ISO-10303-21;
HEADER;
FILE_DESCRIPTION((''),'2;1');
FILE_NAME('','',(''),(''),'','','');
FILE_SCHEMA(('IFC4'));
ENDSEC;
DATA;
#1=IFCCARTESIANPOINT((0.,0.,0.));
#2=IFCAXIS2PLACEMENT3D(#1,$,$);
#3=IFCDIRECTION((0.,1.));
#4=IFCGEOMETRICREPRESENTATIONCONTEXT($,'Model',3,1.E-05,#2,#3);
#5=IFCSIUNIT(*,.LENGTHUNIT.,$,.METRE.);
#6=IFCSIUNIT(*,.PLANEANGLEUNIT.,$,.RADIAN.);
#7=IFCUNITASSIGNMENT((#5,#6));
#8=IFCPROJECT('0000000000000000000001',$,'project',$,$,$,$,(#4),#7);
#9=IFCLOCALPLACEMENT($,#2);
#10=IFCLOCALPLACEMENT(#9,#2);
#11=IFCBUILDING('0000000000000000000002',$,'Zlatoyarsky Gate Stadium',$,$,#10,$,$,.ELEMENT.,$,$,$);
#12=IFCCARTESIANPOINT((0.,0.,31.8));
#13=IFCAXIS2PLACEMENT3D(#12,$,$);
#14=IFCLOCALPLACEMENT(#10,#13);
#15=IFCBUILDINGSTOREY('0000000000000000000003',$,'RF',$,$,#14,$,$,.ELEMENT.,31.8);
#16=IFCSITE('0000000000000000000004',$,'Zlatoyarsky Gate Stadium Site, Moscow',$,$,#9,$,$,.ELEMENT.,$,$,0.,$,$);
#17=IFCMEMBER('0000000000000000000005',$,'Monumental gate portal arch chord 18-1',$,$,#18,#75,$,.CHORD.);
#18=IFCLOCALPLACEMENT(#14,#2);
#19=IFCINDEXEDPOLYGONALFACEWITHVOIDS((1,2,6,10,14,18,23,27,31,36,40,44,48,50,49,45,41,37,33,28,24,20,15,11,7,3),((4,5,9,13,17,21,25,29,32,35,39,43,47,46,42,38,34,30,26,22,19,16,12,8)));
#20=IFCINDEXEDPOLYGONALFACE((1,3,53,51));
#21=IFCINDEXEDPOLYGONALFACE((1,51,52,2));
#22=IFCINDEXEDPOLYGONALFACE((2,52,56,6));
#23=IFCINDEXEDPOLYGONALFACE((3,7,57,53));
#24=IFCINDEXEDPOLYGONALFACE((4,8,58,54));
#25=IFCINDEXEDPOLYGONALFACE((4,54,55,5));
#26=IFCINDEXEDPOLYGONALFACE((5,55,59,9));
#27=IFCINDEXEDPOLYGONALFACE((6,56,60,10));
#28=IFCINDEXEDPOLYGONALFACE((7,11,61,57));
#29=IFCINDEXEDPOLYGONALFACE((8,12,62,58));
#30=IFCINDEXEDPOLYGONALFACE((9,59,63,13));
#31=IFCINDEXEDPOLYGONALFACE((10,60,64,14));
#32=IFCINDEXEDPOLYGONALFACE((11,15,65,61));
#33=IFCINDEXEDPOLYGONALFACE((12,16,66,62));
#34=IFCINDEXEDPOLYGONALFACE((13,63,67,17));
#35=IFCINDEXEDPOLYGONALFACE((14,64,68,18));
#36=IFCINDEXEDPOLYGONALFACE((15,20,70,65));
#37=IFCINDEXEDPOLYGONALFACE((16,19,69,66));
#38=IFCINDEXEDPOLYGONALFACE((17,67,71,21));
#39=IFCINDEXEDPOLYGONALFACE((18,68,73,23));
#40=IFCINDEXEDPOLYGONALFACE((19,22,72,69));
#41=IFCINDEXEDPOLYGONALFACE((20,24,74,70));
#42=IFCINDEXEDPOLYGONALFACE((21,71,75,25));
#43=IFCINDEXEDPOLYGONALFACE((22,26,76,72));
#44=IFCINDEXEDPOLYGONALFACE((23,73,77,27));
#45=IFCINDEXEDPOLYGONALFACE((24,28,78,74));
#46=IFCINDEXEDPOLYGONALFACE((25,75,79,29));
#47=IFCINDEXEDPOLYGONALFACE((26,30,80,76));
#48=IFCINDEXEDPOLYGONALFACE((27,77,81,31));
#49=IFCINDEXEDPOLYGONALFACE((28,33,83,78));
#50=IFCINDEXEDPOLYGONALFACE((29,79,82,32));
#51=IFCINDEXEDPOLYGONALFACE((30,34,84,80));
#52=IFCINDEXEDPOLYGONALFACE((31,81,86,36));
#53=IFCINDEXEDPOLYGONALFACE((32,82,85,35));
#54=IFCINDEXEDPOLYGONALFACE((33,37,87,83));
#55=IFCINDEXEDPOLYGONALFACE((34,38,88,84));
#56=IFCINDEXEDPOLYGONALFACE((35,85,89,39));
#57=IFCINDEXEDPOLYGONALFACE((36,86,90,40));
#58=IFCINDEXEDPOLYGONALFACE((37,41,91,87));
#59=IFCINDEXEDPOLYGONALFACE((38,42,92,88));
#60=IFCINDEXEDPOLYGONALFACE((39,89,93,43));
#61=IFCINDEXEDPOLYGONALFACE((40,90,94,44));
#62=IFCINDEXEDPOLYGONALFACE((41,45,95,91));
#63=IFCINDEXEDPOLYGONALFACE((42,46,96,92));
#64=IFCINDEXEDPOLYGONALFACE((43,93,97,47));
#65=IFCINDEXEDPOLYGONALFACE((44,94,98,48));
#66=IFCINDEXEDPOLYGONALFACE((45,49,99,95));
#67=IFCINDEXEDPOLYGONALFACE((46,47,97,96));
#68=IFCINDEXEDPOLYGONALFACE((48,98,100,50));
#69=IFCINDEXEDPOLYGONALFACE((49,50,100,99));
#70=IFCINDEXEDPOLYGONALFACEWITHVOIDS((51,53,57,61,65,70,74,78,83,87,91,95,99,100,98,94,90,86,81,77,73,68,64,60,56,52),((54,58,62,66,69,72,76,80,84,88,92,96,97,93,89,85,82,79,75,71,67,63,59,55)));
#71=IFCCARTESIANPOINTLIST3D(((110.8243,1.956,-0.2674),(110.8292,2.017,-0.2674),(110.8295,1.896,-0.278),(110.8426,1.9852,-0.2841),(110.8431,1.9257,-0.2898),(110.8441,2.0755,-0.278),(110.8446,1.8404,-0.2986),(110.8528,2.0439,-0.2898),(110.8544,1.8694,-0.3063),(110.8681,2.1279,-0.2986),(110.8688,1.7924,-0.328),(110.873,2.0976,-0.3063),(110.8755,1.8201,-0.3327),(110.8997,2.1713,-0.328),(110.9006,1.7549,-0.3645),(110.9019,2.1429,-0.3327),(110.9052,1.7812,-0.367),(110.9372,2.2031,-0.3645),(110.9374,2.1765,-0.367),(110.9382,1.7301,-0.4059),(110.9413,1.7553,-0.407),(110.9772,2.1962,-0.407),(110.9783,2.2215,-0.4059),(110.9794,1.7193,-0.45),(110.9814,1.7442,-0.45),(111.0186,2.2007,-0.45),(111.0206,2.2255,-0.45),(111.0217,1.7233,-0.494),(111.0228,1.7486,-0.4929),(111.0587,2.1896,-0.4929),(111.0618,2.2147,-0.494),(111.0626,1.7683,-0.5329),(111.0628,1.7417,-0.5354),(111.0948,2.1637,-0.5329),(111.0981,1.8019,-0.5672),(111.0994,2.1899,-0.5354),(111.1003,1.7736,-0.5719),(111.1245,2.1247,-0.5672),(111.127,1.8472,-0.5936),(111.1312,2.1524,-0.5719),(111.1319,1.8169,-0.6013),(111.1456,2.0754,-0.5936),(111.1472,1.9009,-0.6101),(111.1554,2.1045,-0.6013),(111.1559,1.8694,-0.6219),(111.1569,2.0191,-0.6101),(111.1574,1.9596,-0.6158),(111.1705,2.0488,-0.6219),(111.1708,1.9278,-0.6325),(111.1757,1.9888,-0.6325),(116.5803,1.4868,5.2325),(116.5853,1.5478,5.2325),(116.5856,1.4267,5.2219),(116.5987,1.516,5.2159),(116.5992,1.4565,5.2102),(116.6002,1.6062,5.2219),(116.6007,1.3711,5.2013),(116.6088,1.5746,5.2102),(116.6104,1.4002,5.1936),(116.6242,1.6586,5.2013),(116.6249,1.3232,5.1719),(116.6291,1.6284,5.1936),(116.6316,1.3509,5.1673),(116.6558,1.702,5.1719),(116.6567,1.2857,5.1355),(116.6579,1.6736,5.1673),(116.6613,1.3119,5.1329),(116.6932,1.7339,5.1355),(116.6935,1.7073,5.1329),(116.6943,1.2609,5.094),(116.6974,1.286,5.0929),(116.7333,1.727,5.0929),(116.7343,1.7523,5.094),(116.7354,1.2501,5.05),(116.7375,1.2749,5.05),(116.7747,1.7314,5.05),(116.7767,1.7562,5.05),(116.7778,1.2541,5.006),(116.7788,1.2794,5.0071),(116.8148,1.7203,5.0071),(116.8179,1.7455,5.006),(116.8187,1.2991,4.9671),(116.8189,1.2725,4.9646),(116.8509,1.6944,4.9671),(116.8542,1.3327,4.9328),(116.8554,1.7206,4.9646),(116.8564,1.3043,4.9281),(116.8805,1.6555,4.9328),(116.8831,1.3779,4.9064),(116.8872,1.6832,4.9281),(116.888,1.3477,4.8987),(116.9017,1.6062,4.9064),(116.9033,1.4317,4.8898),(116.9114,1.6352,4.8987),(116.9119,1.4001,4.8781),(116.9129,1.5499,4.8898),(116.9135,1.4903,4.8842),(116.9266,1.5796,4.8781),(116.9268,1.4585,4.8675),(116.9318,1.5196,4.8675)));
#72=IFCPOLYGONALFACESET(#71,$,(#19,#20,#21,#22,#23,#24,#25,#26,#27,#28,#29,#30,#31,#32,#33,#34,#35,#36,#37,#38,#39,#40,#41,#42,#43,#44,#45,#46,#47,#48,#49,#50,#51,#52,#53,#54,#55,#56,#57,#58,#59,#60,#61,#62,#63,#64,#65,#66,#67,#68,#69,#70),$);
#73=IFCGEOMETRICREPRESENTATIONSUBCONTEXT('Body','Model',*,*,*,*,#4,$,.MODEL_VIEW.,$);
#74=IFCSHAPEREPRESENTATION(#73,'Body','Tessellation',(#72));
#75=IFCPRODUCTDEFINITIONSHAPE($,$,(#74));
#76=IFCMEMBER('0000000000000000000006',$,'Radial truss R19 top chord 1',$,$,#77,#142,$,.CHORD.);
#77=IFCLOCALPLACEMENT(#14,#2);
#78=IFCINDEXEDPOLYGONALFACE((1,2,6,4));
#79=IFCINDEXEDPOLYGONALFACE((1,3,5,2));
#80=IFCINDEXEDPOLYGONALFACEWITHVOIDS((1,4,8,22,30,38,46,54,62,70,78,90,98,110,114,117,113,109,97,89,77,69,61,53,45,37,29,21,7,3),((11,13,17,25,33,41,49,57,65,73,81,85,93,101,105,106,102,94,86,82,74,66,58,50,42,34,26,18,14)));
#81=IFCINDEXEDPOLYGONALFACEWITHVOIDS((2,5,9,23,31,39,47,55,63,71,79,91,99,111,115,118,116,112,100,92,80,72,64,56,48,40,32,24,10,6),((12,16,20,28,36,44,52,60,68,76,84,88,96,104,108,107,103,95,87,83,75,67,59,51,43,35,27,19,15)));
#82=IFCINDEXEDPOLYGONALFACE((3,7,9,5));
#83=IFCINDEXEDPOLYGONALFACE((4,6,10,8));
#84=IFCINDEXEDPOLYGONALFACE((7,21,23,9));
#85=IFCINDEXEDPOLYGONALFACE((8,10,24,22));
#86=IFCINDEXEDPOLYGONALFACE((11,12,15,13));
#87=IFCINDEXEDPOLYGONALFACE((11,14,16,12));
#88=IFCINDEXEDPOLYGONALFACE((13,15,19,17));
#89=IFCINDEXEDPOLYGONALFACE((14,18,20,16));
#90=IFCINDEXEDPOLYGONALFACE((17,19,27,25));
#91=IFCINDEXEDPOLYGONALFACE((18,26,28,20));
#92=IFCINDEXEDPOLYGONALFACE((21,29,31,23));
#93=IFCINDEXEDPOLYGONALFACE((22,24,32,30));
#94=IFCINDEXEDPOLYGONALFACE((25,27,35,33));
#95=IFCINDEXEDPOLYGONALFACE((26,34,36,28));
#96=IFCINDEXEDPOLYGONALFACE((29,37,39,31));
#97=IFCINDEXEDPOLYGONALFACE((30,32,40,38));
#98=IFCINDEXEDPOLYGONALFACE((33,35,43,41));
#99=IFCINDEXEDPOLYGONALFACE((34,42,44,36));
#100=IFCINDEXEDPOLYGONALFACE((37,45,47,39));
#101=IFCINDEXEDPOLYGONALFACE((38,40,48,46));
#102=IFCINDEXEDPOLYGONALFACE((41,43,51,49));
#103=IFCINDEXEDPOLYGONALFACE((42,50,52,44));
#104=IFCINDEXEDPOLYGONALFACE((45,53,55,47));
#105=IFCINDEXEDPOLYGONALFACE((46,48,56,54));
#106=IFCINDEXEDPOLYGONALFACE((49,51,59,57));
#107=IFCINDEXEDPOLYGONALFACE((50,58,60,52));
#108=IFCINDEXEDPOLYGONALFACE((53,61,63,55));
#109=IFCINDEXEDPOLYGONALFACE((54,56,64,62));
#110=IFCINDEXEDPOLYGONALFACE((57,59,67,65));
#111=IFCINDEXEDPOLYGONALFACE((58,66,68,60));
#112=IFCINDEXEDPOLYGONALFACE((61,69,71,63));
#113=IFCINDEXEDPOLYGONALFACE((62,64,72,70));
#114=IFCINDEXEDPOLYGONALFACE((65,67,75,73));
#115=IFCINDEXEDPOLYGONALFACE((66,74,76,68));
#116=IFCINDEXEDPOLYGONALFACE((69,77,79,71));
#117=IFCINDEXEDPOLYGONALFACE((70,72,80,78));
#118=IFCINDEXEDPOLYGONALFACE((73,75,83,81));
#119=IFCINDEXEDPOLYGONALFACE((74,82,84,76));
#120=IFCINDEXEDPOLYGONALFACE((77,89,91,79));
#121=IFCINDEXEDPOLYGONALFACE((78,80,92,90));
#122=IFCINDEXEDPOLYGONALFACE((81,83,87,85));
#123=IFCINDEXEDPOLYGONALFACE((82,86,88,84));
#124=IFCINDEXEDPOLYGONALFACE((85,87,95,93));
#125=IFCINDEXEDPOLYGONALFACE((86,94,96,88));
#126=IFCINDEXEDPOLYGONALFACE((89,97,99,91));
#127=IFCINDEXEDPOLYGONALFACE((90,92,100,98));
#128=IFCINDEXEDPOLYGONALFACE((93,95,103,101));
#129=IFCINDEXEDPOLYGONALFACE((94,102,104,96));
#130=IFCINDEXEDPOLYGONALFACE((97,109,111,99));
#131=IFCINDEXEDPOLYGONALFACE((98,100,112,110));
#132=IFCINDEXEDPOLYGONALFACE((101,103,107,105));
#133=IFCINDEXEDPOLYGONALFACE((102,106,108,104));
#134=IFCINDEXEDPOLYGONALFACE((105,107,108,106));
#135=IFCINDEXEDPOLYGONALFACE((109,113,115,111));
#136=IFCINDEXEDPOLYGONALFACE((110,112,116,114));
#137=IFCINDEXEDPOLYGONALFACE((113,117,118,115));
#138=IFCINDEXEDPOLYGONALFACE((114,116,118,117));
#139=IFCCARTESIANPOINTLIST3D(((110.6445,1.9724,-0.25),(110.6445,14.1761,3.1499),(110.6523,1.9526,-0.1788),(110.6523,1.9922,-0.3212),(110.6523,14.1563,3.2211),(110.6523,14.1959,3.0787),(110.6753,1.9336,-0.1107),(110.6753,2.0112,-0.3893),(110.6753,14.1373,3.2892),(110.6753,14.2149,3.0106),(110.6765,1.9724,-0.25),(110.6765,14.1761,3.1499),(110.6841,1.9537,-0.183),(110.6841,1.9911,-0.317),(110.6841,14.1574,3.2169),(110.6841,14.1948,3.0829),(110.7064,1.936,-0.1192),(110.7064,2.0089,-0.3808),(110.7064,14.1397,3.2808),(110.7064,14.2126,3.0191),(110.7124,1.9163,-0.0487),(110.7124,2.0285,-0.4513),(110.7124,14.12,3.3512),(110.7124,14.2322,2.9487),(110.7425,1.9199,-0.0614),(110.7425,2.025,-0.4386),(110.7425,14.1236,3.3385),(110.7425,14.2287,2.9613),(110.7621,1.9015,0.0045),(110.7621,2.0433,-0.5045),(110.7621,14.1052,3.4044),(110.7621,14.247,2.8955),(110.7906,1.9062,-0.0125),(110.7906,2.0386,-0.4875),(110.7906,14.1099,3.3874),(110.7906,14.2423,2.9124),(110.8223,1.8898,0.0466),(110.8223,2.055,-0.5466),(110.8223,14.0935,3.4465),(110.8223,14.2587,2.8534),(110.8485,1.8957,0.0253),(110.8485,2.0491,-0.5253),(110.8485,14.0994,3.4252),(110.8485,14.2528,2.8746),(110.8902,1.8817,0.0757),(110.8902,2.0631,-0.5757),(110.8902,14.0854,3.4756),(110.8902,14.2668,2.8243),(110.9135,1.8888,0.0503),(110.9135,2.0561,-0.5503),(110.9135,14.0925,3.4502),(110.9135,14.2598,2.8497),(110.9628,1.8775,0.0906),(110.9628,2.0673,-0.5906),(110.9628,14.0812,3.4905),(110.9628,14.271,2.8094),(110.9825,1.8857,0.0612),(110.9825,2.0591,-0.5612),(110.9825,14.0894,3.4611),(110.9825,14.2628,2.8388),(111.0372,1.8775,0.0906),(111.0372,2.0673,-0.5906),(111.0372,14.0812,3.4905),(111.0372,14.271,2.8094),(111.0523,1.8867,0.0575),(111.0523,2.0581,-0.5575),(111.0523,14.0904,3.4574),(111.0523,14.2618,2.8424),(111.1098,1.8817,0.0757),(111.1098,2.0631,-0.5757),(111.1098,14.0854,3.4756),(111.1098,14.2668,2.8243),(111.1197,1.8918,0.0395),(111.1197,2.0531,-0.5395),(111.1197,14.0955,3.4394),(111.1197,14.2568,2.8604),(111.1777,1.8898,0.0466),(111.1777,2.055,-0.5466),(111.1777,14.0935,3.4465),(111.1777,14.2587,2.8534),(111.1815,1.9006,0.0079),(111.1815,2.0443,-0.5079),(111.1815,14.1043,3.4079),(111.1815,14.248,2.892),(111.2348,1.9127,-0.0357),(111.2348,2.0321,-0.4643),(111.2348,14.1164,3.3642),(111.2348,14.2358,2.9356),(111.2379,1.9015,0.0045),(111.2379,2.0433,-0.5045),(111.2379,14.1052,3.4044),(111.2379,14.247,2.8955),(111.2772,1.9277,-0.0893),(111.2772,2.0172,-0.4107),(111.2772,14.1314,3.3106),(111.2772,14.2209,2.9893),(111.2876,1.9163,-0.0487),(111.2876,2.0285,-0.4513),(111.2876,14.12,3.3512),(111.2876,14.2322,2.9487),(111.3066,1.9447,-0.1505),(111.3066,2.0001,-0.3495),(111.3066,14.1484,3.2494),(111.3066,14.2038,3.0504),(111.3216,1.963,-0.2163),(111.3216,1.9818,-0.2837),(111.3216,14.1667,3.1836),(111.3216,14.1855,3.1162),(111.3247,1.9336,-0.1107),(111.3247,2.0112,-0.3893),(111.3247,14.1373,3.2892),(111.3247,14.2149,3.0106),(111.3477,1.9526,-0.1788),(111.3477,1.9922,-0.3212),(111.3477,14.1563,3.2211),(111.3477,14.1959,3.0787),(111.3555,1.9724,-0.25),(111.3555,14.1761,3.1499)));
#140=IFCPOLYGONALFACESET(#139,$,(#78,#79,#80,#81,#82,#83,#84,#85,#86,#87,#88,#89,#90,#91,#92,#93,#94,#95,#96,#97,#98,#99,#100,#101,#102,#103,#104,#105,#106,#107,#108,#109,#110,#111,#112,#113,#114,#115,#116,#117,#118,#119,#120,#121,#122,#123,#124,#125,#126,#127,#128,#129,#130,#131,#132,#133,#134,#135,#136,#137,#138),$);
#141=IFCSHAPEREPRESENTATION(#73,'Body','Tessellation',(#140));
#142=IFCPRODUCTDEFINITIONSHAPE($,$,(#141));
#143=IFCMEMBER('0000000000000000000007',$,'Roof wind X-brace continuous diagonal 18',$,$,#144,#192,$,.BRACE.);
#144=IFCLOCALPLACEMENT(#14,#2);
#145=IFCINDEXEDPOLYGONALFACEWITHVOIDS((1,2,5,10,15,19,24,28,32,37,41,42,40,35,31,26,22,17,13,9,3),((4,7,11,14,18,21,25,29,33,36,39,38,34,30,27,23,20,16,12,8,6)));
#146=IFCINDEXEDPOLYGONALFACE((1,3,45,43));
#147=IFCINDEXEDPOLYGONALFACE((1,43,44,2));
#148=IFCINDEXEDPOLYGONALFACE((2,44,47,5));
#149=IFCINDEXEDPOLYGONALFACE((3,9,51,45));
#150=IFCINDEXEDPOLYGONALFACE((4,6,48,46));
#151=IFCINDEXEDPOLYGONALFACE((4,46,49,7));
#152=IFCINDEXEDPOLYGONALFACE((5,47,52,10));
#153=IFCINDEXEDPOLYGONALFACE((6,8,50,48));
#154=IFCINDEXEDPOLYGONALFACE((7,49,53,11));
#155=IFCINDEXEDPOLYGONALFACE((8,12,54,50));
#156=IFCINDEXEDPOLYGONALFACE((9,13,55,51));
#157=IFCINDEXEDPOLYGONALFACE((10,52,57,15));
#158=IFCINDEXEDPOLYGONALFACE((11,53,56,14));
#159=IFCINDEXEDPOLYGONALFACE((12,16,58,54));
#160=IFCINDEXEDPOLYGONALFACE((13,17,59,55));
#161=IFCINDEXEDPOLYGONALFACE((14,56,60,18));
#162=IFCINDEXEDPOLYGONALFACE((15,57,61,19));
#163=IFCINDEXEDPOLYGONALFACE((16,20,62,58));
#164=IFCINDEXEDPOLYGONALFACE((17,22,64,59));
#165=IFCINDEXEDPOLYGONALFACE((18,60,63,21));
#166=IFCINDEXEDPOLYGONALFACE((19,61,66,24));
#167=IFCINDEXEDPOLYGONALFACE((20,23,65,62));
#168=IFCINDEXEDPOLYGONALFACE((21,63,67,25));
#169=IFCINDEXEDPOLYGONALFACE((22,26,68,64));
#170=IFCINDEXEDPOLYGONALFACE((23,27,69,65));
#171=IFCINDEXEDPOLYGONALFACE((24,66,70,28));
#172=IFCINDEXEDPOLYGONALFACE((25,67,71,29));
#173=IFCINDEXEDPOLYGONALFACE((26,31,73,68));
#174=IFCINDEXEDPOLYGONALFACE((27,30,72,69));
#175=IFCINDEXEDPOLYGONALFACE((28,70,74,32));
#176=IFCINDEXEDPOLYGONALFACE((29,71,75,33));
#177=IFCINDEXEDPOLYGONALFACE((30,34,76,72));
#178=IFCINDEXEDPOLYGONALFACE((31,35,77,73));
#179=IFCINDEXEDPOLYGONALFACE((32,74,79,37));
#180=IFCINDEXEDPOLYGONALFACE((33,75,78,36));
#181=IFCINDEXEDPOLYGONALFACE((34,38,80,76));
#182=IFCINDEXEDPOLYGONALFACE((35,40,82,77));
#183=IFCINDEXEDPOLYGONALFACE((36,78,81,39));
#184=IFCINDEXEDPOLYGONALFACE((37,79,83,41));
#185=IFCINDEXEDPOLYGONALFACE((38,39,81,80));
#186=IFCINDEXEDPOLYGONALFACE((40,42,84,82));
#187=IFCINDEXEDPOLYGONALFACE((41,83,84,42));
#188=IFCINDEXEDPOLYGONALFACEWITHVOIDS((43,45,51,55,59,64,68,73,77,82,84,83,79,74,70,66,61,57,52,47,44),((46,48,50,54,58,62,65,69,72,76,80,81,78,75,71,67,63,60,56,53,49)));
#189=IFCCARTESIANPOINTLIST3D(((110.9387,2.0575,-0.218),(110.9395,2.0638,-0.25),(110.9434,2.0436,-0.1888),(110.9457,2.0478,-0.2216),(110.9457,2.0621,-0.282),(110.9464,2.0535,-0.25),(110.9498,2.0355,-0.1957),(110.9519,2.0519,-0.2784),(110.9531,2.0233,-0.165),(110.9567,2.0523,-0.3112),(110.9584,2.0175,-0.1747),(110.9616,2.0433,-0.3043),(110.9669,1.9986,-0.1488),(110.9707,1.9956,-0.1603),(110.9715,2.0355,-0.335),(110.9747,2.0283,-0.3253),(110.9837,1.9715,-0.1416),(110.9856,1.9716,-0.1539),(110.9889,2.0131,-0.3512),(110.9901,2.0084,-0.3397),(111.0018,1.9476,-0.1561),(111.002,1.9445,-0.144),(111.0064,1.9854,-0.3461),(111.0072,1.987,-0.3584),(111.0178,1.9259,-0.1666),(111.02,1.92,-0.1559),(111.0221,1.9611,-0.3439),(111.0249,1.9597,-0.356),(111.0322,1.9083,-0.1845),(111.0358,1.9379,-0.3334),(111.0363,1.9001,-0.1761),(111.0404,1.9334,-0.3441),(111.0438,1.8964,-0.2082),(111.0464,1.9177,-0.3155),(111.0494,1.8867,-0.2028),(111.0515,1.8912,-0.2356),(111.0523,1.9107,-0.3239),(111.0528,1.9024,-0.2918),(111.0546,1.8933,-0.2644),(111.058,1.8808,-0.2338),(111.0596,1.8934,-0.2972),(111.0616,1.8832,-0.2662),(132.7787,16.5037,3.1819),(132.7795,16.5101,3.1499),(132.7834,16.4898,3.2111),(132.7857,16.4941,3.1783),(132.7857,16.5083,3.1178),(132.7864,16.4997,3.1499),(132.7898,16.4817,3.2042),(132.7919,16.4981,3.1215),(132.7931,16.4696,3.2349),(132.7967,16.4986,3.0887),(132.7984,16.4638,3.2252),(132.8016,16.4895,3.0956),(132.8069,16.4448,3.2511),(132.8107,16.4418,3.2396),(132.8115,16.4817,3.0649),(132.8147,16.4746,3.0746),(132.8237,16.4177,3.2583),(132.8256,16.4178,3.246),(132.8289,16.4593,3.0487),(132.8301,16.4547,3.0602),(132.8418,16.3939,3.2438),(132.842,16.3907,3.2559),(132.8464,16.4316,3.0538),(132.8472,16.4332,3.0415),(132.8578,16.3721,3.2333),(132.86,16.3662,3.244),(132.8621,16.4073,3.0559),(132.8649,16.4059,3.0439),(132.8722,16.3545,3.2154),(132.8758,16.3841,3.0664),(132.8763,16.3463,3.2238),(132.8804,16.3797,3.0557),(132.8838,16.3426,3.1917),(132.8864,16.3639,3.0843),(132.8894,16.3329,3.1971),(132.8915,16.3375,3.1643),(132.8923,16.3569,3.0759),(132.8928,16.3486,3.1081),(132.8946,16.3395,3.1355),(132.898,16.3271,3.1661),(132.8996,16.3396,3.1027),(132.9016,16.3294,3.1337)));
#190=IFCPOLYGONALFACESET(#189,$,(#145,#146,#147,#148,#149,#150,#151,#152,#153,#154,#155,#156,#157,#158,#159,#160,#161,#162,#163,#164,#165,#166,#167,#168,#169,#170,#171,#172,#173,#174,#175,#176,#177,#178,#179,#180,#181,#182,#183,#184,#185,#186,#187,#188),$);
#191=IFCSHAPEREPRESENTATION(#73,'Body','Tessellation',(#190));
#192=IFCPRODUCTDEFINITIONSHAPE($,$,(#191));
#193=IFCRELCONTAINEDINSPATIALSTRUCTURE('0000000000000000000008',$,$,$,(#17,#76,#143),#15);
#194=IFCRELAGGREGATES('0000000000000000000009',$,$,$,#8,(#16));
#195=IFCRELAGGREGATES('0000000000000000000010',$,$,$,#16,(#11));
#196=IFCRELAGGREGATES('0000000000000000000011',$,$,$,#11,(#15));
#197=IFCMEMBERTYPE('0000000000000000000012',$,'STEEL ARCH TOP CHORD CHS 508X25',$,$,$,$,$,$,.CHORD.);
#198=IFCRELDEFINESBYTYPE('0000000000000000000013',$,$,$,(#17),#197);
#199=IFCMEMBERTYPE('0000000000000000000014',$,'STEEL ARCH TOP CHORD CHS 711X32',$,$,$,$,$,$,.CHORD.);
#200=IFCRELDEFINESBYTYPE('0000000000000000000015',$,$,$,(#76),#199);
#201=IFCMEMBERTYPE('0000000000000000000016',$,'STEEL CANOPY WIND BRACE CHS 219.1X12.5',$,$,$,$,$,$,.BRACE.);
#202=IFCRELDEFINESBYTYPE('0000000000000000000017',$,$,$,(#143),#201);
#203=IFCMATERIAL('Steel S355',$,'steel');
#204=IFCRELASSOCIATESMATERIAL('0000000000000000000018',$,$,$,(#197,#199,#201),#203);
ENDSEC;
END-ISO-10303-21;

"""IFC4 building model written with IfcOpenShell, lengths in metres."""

from ifc_helpers import new_model, si_unit, direction, frame, origin, origin_2d, place, context, subcontext, project, spatial, hollow_circle, extrude, material, material_profile, profile_set, type_object, element, save


model = new_model("IFC4")

# Units and contexts
model_context = context("Model", 3, precision=1e-05, world=origin(), true_north=direction((0.0, 1.0)))
body_context = subcontext(model_context, "Body", "Model", "MODEL_VIEW")
ifc_project = project(units=[si_unit("LENGTHUNIT", "METRE"), si_unit("PLANEANGLEUNIT", "RADIAN")], contexts=[model_context])

# Site, building, storey
site_placement = place(None, origin())
site = spatial("IfcSite", under=ifc_project, at=site_placement, Name="Zlatoyarsky Gate Stadium Site, Moscow", CompositionType="ELEMENT", RefElevation=0.0)
building_placement = place(site_placement, origin())
building = spatial("IfcBuilding", under=site, at=building_placement, Name="Zlatoyarsky Gate Stadium", CompositionType="ELEMENT")
storey_placement = place(building_placement, frame((0.0, 0.0, 31.8)))
storey = spatial("IfcBuildingStorey", under=building, at=storey_placement, Name="RF", CompositionType="ELEMENT", Elevation=31.8)

# Members
ifc_material_1 = material(Name="Steel S355", Category="steel")
ifc_material_profile_1 = material_profile(ifc_material_1, hollow_circle(Radius=0.2539, WallThickness=0.0249, at=origin_2d()), Name="CHS 508X25")
ifc_profile_set_1 = profile_set([ifc_material_profile_1], Name="Steel S355")
member_type_1 = type_object("IfcMemberType", Name="STEEL ARCH TOP CHORD CHS 508X25", PredefinedType="CHORD", material=ifc_profile_set_1)
member_1_placement = place(storey_placement, frame((111.0, 1.9724, -0.45), z_axis=(0.721755, -0.058838, 0.689643), x_axis=(0.081251, 0.996694, 0.0)))
element("IfcMember", 1, at=member_1_placement, inside=storey, type_object=member_type_1, Name="Monumental gate portal arch chord 18-1", PredefinedType="CHORD", context=body_context, shape_type="SweptSolid", body=[
    extrude(hollow_circle(Radius=0.2539, WallThickness=0.0249, at=origin_2d()), origin(), (0.0, 0.0, 1.0), 7.9751),
])
ifc_material_profile_2 = material_profile(ifc_material_1, hollow_circle(Radius=0.3555, WallThickness=0.032, at=origin_2d()), Name="CHS 711X32")
ifc_profile_set_2 = profile_set([ifc_material_profile_2], Name="Steel S355")
member_type_2 = type_object("IfcMemberType", Name="STEEL ARCH TOP CHORD CHS 711X32", PredefinedType="CHORD", material=ifc_profile_set_2)
member_2_placement = place(storey_placement, frame((111.0, 1.9724, -0.25), z_axis=(0.0, 0.963314, 0.268377), x_axis=(-1.0, 0.0, 0.0)))
element("IfcMember", 2, at=member_2_placement, inside=storey, type_object=member_type_2, Name="Radial truss R19 top chord 1", PredefinedType="CHORD", context=body_context, shape_type="SweptSolid", body=[
    extrude(hollow_circle(Radius=0.3555, WallThickness=0.032, at=origin_2d()), origin(), (0.0, 0.0, 1.0), 12.6685),
])
ifc_material_profile_3 = material_profile(ifc_material_1, hollow_circle(Radius=0.1096, WallThickness=0.0125, at=origin_2d()), Name="CHS 219.1X12.5")
ifc_profile_set_3 = profile_set([ifc_material_profile_3], Name="Steel S355")
member_type_3 = type_object("IfcMemberType", Name="STEEL CANOPY WIND BRACE CHS 219.1X12.5", PredefinedType="BRACE", material=ifc_profile_set_3)
member_3_placement = place(storey_placement, frame((111.0, 1.9724, -0.25), z_axis=(0.827108, 0.547096, 0.128758), x_axis=(-0.551689, 0.83405, 0.0)))
element("IfcMember", 3, at=member_3_placement, inside=storey, type_object=member_type_3, Name="Roof wind X-brace continuous diagonal 18", PredefinedType="BRACE", context=body_context, shape_type="SweptSolid", body=[
    extrude(hollow_circle(Radius=0.1096, WallThickness=0.0125, at=origin_2d()), origin(), (0.0, 0.0, 1.0), 26.4053),
])

save(model, "model.ifc")
